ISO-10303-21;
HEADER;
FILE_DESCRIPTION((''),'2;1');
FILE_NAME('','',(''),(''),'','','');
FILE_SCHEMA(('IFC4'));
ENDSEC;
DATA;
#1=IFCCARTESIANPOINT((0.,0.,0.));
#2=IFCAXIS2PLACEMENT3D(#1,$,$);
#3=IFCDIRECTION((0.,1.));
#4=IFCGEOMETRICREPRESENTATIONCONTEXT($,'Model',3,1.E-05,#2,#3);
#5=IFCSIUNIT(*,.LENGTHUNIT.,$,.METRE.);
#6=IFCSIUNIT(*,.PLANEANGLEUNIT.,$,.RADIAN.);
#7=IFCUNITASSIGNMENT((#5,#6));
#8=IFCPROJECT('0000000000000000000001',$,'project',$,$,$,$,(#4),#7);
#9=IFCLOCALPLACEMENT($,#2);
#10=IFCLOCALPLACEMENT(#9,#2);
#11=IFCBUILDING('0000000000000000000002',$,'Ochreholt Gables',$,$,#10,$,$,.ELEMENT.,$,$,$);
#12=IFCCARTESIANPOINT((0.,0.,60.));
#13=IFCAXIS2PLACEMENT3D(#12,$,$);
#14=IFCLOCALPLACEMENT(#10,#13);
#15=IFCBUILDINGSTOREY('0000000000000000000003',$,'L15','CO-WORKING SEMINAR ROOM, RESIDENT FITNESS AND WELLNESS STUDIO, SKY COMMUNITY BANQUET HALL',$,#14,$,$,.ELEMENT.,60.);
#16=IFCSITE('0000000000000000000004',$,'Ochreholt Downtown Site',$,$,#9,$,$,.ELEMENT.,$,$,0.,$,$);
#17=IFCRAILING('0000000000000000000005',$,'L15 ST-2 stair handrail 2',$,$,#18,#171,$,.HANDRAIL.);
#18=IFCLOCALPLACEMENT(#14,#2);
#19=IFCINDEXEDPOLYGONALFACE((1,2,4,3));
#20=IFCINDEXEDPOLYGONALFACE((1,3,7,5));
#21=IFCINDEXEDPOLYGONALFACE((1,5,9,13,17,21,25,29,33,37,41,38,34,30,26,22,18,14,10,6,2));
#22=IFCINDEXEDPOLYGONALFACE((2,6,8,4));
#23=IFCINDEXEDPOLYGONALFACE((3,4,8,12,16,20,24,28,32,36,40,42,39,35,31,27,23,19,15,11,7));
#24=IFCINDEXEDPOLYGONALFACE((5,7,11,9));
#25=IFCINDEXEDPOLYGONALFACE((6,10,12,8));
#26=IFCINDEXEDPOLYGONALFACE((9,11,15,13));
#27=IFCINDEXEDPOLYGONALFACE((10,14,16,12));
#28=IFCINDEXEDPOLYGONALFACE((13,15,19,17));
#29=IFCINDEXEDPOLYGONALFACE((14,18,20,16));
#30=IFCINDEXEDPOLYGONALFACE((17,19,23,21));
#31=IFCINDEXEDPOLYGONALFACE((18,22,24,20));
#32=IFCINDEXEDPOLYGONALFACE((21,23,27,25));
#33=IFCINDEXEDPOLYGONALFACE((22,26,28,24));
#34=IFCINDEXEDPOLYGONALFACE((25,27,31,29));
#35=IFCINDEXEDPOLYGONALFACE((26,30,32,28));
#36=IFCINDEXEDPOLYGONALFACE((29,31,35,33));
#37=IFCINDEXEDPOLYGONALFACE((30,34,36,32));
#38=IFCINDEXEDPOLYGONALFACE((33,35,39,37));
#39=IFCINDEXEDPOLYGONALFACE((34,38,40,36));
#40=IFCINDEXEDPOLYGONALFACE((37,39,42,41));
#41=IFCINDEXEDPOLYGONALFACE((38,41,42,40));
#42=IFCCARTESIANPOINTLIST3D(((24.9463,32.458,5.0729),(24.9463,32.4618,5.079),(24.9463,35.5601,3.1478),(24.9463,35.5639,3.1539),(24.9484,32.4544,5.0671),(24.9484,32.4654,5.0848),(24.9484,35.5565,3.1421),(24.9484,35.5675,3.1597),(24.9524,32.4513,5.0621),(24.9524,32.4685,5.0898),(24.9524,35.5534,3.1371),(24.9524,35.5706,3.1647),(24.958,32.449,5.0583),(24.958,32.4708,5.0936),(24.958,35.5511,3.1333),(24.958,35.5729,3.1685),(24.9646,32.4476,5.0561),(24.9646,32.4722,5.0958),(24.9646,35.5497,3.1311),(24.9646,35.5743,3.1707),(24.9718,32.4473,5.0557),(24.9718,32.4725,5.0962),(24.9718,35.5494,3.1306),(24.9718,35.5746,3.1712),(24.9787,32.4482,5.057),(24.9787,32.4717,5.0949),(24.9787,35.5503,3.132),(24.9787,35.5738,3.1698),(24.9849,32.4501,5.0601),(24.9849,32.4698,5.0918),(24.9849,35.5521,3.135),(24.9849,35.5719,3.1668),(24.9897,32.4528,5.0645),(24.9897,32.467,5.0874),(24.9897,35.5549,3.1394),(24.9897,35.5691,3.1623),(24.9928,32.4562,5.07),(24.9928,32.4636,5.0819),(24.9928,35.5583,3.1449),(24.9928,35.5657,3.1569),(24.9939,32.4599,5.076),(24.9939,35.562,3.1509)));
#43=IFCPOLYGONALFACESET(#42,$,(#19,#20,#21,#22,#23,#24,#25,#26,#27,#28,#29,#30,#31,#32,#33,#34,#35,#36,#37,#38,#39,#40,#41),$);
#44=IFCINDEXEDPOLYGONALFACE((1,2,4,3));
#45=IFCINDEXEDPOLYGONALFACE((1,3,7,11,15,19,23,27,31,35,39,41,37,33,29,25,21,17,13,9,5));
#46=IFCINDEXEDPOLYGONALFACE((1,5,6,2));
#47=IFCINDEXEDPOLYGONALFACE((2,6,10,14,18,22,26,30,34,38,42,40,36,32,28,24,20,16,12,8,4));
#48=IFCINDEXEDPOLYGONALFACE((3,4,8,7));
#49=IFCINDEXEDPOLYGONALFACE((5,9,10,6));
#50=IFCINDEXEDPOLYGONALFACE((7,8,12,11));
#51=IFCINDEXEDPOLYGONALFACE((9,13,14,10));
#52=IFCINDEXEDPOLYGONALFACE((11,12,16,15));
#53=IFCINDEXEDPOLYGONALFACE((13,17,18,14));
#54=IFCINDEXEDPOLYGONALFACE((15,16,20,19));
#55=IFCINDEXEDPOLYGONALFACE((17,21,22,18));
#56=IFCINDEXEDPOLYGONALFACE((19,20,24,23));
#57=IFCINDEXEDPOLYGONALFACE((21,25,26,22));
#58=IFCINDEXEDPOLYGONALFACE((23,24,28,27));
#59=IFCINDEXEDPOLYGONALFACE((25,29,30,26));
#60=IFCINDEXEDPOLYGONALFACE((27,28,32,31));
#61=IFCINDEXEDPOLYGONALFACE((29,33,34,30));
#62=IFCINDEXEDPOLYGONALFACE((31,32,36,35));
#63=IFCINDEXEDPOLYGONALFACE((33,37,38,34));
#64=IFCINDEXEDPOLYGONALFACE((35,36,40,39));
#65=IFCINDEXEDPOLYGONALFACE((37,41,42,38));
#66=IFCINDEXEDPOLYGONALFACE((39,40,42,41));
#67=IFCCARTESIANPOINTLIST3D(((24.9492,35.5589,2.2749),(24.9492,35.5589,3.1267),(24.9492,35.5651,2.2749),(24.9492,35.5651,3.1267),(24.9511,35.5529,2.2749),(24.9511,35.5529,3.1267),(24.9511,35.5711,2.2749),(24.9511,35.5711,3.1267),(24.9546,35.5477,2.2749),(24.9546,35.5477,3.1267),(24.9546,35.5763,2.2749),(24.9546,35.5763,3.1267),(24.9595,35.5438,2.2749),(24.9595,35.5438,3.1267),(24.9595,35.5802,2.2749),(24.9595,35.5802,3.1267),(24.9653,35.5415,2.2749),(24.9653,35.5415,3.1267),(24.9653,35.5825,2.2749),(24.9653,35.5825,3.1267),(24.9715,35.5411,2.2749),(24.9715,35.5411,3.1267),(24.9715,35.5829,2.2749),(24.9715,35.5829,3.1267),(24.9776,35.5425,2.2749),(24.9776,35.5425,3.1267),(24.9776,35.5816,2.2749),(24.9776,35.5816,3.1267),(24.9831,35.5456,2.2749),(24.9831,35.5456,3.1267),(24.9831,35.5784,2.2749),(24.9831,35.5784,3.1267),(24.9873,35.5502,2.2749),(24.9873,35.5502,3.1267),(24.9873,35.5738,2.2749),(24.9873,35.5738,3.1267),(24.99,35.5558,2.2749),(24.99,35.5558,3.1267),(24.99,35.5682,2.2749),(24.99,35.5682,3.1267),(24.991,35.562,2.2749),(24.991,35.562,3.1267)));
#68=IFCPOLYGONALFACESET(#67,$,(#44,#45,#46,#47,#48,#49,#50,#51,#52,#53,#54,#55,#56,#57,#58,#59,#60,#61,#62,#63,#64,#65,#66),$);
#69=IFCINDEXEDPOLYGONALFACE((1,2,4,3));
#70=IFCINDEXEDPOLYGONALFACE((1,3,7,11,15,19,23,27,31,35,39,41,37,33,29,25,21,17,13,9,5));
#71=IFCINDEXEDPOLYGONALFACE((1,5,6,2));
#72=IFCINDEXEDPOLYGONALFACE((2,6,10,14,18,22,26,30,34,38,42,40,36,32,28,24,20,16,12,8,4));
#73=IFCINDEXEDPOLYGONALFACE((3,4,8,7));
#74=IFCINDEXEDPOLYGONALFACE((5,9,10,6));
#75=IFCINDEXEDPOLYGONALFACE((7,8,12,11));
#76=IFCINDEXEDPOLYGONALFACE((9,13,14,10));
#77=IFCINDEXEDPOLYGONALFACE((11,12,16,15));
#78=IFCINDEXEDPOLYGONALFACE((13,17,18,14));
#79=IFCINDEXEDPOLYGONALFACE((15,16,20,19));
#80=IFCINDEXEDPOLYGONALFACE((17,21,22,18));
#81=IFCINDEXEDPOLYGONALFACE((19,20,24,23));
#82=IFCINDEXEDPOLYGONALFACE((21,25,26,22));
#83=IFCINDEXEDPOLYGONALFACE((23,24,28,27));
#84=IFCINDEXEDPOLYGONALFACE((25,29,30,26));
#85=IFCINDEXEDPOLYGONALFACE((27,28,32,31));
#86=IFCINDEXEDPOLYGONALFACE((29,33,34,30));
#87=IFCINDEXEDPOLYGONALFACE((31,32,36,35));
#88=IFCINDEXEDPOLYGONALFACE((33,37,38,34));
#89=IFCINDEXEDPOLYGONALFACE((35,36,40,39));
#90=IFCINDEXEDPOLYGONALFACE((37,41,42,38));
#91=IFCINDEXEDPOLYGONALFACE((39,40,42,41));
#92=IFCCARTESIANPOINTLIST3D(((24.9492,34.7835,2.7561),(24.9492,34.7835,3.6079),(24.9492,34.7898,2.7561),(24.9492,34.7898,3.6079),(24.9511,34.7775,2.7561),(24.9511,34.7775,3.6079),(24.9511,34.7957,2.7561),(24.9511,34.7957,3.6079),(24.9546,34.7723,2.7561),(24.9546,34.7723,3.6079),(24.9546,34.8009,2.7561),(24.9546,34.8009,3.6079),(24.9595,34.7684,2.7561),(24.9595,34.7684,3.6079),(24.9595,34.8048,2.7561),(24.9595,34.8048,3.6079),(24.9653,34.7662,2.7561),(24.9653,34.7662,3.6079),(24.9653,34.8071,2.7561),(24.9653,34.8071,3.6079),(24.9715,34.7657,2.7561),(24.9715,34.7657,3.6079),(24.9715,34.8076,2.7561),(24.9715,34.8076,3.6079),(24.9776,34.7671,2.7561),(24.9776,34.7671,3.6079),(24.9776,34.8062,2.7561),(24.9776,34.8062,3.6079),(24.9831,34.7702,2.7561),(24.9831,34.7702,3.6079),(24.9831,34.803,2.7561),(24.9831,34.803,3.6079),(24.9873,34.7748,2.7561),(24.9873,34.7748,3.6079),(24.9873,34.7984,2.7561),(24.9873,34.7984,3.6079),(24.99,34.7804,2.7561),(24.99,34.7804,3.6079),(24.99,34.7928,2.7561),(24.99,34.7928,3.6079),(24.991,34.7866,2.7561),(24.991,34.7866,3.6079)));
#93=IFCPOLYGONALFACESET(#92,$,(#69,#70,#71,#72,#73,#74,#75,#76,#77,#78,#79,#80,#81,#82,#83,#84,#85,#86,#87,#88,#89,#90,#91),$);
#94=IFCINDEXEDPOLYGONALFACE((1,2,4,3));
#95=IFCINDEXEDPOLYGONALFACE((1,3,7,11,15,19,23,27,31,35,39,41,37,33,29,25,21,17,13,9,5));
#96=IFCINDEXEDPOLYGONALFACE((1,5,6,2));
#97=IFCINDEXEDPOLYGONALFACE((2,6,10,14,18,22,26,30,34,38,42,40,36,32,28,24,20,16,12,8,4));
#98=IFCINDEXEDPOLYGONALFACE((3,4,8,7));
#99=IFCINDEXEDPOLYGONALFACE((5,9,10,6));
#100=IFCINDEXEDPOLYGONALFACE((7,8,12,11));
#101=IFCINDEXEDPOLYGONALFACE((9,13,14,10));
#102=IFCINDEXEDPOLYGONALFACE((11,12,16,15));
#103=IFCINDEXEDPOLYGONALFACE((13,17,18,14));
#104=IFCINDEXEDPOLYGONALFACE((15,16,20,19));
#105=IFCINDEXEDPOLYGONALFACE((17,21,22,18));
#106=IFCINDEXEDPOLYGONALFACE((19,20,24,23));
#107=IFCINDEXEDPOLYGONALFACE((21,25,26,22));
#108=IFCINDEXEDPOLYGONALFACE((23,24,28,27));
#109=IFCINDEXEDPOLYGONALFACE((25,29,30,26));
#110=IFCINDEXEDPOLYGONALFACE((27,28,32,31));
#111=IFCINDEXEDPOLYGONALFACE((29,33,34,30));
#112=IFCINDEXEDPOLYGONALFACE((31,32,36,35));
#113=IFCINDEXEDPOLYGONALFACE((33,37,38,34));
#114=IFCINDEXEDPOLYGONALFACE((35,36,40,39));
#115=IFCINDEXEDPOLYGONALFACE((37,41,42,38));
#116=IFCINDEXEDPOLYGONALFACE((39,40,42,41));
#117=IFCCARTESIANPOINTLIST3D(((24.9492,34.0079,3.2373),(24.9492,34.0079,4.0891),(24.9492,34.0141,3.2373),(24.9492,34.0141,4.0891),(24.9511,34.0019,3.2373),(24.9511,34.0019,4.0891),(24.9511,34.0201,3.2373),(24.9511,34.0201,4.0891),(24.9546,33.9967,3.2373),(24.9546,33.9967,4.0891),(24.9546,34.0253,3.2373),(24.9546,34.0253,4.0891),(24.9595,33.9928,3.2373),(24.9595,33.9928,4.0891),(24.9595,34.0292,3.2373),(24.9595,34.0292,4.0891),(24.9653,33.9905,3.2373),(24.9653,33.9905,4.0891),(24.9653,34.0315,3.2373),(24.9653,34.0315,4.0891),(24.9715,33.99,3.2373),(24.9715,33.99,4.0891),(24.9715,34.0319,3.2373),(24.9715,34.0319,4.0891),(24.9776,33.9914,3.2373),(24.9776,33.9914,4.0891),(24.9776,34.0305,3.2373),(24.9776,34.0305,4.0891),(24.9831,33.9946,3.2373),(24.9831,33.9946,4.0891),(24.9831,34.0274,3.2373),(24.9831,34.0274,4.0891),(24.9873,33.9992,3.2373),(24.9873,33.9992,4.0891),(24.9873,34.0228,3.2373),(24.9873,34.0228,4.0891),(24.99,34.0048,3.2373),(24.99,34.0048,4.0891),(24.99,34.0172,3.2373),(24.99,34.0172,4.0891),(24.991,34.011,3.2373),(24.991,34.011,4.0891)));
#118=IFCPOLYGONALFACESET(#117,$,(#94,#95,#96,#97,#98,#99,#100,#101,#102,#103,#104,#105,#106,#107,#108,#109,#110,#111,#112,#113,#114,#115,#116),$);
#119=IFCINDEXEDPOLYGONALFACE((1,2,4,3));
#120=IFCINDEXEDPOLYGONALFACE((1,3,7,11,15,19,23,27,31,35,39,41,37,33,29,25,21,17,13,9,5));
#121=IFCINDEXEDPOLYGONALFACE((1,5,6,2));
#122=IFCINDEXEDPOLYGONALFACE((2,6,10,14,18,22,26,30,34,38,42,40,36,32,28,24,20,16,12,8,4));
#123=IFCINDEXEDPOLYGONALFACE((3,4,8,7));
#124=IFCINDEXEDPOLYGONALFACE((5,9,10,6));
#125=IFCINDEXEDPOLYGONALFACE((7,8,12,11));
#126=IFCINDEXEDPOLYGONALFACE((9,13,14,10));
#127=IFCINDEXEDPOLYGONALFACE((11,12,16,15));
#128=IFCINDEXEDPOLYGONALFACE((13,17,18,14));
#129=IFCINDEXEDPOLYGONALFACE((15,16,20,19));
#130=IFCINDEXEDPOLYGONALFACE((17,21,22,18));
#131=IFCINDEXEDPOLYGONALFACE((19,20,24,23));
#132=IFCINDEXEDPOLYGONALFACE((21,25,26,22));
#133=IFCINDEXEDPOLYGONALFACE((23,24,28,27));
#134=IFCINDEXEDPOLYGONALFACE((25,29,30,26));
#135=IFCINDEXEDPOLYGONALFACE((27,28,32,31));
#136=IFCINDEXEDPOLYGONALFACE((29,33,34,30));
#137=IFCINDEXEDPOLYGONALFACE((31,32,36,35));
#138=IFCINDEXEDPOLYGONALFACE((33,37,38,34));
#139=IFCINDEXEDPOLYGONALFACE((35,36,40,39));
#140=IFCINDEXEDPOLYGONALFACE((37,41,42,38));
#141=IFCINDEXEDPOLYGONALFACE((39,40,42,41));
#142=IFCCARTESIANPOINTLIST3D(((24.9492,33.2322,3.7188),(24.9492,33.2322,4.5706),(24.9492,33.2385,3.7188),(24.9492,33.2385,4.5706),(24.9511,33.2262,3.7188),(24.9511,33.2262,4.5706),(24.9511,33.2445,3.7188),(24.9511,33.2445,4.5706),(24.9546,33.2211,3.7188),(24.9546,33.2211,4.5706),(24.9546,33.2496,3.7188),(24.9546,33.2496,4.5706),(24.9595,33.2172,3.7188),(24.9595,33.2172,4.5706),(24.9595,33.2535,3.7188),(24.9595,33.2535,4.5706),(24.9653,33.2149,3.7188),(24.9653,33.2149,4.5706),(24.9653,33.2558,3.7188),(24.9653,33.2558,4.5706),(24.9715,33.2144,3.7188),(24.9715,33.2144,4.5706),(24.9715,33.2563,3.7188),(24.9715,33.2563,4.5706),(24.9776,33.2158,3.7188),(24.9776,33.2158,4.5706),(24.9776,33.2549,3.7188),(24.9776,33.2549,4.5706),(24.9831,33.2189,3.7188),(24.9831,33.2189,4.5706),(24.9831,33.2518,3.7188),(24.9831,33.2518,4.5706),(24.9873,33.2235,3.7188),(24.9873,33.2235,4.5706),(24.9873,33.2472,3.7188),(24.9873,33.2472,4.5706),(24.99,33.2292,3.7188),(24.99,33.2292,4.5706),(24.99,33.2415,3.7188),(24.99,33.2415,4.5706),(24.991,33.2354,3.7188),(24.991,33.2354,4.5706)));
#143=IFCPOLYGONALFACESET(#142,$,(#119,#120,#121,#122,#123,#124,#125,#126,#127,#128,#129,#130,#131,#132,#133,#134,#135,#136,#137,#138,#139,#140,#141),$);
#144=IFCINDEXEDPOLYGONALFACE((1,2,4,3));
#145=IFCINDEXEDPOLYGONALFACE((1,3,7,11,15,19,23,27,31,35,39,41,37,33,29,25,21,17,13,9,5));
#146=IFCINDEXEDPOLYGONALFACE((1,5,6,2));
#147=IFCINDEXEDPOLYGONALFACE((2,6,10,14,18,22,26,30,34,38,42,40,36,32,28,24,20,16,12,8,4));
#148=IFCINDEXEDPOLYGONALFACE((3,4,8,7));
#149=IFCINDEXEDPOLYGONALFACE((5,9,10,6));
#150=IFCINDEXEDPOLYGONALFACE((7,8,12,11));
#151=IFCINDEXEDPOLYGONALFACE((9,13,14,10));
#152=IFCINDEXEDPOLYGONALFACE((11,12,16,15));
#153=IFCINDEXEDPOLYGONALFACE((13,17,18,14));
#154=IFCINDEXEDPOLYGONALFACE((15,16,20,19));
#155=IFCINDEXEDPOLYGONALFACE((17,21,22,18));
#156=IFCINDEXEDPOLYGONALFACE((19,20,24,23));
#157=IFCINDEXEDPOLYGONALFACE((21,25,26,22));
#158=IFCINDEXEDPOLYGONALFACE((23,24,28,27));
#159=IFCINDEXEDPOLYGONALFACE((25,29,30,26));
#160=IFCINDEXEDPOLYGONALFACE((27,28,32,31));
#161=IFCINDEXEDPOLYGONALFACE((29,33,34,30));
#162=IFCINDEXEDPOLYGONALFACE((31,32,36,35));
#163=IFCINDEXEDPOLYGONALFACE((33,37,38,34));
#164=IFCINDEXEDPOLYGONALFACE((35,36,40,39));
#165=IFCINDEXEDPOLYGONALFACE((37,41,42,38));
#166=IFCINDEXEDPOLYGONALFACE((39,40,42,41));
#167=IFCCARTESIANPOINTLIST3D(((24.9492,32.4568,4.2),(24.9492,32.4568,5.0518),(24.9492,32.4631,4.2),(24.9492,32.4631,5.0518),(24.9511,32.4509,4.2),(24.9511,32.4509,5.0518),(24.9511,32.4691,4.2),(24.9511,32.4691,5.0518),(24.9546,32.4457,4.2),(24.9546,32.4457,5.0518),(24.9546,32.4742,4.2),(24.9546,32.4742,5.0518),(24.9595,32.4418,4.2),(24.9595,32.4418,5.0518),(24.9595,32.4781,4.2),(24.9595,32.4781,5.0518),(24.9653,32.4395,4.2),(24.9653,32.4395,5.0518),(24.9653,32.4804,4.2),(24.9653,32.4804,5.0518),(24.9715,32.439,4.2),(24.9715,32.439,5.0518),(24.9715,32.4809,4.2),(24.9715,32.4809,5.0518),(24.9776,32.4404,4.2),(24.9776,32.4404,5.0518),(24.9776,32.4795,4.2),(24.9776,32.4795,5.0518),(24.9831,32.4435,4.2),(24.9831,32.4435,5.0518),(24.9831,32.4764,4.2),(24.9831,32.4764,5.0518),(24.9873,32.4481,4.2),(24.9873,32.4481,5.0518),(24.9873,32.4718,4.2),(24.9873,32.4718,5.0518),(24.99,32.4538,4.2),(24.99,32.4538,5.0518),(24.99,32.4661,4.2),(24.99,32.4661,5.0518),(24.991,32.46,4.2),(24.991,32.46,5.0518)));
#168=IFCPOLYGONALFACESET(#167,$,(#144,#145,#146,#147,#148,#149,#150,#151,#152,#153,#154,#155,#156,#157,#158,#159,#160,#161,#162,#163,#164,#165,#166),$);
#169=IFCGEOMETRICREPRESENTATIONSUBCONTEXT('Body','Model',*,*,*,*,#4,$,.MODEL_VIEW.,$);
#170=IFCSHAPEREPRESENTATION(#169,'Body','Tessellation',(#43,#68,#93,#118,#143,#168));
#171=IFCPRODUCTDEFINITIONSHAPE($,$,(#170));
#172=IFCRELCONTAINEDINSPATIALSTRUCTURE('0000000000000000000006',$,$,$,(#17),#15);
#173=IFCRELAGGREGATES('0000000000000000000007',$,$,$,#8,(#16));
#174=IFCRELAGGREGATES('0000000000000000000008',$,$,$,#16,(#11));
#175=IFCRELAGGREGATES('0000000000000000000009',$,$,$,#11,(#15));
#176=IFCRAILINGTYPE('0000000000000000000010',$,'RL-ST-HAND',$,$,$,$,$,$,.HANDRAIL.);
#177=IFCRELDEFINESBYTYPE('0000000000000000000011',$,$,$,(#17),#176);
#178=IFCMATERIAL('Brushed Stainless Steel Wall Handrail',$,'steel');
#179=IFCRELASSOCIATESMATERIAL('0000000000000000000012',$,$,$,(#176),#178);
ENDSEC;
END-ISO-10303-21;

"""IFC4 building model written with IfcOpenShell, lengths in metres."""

from ifc_helpers import new_model, si_unit, direction, frame, origin, origin_2d, place, context, subcontext, project, spatial, circle, extrude, material, type_object, element, save


model = new_model("IFC4")

# Units and contexts
model_context = context("Model", 3, precision=1e-05, world=origin(), true_north=direction((0.0, 1.0)))
body_context = subcontext(model_context, "Body", "Model", "MODEL_VIEW")
ifc_project = project(units=[si_unit("LENGTHUNIT", "METRE"), si_unit("PLANEANGLEUNIT", "RADIAN")], contexts=[model_context])

# Site, building, storey
site_placement = place(None, origin())
site = spatial("IfcSite", under=ifc_project, at=site_placement, Name="Ochreholt Downtown Site", CompositionType="ELEMENT", RefElevation=0.0)
building_placement = place(site_placement, origin())
building = spatial("IfcBuilding", under=site, at=building_placement, Name="Ochreholt Gables", CompositionType="ELEMENT")
storey_placement = place(building_placement, frame((0.0, 0.0, 60.0)))
storey = spatial("IfcBuildingStorey", under=building, at=storey_placement, Name="L15", Description="CO-WORKING SEMINAR ROOM, RESIDENT FITNESS AND WELLNESS STUDIO, SKY COMMUNITY BANQUET HALL", CompositionType="ELEMENT", Elevation=60.0)

# Railing
ifc_material_1 = material(Name="Brushed Stainless Steel Wall Handrail", Category="steel")
railing_type_1 = type_object("IfcRailingType", Name="RL-ST-HAND", PredefinedType="HANDRAIL", material=ifc_material_1)
railing_1_placement = place(storey_placement, frame((24.97, 35.562, 2.2749)))
element("IfcRailing", 1, at=railing_1_placement, inside=storey, type_object=railing_type_1, Name="L15 ST-2 stair handrail 2", PredefinedType="HANDRAIL", context=body_context, shape_type="SweptSolid", body=[
    extrude(circle(Radius=0.0239, at=origin_2d()), frame((0.0, 0.0, 0.876), z_axis=(0.0, -0.849685, 0.527291), x_axis=(1.0, 0.0, 0.0)), (0.0, 0.0, 1.0), 3.6509),
    extrude(circle(Radius=0.021, at=origin_2d()), origin(), (0.0, 0.0, 1.0), 0.8518),
    extrude(circle(Radius=0.021, at=origin_2d()), frame((0.0, -0.7754, 0.4812)), (0.0, 0.0, 1.0), 0.8518),
    extrude(circle(Radius=0.021, at=origin_2d()), frame((0.0, -1.551, 0.9624)), (0.0, 0.0, 1.0), 0.8518),
    extrude(circle(Radius=0.021, at=origin_2d()), frame((0.0, -2.3267, 1.4438)), (0.0, 0.0, 1.0), 0.8518),
    extrude(circle(Radius=0.021, at=origin_2d()), frame((0.0, -3.1021, 1.925)), (0.0, 0.0, 1.0), 0.8518),
])

save(model, "model.ifc")
